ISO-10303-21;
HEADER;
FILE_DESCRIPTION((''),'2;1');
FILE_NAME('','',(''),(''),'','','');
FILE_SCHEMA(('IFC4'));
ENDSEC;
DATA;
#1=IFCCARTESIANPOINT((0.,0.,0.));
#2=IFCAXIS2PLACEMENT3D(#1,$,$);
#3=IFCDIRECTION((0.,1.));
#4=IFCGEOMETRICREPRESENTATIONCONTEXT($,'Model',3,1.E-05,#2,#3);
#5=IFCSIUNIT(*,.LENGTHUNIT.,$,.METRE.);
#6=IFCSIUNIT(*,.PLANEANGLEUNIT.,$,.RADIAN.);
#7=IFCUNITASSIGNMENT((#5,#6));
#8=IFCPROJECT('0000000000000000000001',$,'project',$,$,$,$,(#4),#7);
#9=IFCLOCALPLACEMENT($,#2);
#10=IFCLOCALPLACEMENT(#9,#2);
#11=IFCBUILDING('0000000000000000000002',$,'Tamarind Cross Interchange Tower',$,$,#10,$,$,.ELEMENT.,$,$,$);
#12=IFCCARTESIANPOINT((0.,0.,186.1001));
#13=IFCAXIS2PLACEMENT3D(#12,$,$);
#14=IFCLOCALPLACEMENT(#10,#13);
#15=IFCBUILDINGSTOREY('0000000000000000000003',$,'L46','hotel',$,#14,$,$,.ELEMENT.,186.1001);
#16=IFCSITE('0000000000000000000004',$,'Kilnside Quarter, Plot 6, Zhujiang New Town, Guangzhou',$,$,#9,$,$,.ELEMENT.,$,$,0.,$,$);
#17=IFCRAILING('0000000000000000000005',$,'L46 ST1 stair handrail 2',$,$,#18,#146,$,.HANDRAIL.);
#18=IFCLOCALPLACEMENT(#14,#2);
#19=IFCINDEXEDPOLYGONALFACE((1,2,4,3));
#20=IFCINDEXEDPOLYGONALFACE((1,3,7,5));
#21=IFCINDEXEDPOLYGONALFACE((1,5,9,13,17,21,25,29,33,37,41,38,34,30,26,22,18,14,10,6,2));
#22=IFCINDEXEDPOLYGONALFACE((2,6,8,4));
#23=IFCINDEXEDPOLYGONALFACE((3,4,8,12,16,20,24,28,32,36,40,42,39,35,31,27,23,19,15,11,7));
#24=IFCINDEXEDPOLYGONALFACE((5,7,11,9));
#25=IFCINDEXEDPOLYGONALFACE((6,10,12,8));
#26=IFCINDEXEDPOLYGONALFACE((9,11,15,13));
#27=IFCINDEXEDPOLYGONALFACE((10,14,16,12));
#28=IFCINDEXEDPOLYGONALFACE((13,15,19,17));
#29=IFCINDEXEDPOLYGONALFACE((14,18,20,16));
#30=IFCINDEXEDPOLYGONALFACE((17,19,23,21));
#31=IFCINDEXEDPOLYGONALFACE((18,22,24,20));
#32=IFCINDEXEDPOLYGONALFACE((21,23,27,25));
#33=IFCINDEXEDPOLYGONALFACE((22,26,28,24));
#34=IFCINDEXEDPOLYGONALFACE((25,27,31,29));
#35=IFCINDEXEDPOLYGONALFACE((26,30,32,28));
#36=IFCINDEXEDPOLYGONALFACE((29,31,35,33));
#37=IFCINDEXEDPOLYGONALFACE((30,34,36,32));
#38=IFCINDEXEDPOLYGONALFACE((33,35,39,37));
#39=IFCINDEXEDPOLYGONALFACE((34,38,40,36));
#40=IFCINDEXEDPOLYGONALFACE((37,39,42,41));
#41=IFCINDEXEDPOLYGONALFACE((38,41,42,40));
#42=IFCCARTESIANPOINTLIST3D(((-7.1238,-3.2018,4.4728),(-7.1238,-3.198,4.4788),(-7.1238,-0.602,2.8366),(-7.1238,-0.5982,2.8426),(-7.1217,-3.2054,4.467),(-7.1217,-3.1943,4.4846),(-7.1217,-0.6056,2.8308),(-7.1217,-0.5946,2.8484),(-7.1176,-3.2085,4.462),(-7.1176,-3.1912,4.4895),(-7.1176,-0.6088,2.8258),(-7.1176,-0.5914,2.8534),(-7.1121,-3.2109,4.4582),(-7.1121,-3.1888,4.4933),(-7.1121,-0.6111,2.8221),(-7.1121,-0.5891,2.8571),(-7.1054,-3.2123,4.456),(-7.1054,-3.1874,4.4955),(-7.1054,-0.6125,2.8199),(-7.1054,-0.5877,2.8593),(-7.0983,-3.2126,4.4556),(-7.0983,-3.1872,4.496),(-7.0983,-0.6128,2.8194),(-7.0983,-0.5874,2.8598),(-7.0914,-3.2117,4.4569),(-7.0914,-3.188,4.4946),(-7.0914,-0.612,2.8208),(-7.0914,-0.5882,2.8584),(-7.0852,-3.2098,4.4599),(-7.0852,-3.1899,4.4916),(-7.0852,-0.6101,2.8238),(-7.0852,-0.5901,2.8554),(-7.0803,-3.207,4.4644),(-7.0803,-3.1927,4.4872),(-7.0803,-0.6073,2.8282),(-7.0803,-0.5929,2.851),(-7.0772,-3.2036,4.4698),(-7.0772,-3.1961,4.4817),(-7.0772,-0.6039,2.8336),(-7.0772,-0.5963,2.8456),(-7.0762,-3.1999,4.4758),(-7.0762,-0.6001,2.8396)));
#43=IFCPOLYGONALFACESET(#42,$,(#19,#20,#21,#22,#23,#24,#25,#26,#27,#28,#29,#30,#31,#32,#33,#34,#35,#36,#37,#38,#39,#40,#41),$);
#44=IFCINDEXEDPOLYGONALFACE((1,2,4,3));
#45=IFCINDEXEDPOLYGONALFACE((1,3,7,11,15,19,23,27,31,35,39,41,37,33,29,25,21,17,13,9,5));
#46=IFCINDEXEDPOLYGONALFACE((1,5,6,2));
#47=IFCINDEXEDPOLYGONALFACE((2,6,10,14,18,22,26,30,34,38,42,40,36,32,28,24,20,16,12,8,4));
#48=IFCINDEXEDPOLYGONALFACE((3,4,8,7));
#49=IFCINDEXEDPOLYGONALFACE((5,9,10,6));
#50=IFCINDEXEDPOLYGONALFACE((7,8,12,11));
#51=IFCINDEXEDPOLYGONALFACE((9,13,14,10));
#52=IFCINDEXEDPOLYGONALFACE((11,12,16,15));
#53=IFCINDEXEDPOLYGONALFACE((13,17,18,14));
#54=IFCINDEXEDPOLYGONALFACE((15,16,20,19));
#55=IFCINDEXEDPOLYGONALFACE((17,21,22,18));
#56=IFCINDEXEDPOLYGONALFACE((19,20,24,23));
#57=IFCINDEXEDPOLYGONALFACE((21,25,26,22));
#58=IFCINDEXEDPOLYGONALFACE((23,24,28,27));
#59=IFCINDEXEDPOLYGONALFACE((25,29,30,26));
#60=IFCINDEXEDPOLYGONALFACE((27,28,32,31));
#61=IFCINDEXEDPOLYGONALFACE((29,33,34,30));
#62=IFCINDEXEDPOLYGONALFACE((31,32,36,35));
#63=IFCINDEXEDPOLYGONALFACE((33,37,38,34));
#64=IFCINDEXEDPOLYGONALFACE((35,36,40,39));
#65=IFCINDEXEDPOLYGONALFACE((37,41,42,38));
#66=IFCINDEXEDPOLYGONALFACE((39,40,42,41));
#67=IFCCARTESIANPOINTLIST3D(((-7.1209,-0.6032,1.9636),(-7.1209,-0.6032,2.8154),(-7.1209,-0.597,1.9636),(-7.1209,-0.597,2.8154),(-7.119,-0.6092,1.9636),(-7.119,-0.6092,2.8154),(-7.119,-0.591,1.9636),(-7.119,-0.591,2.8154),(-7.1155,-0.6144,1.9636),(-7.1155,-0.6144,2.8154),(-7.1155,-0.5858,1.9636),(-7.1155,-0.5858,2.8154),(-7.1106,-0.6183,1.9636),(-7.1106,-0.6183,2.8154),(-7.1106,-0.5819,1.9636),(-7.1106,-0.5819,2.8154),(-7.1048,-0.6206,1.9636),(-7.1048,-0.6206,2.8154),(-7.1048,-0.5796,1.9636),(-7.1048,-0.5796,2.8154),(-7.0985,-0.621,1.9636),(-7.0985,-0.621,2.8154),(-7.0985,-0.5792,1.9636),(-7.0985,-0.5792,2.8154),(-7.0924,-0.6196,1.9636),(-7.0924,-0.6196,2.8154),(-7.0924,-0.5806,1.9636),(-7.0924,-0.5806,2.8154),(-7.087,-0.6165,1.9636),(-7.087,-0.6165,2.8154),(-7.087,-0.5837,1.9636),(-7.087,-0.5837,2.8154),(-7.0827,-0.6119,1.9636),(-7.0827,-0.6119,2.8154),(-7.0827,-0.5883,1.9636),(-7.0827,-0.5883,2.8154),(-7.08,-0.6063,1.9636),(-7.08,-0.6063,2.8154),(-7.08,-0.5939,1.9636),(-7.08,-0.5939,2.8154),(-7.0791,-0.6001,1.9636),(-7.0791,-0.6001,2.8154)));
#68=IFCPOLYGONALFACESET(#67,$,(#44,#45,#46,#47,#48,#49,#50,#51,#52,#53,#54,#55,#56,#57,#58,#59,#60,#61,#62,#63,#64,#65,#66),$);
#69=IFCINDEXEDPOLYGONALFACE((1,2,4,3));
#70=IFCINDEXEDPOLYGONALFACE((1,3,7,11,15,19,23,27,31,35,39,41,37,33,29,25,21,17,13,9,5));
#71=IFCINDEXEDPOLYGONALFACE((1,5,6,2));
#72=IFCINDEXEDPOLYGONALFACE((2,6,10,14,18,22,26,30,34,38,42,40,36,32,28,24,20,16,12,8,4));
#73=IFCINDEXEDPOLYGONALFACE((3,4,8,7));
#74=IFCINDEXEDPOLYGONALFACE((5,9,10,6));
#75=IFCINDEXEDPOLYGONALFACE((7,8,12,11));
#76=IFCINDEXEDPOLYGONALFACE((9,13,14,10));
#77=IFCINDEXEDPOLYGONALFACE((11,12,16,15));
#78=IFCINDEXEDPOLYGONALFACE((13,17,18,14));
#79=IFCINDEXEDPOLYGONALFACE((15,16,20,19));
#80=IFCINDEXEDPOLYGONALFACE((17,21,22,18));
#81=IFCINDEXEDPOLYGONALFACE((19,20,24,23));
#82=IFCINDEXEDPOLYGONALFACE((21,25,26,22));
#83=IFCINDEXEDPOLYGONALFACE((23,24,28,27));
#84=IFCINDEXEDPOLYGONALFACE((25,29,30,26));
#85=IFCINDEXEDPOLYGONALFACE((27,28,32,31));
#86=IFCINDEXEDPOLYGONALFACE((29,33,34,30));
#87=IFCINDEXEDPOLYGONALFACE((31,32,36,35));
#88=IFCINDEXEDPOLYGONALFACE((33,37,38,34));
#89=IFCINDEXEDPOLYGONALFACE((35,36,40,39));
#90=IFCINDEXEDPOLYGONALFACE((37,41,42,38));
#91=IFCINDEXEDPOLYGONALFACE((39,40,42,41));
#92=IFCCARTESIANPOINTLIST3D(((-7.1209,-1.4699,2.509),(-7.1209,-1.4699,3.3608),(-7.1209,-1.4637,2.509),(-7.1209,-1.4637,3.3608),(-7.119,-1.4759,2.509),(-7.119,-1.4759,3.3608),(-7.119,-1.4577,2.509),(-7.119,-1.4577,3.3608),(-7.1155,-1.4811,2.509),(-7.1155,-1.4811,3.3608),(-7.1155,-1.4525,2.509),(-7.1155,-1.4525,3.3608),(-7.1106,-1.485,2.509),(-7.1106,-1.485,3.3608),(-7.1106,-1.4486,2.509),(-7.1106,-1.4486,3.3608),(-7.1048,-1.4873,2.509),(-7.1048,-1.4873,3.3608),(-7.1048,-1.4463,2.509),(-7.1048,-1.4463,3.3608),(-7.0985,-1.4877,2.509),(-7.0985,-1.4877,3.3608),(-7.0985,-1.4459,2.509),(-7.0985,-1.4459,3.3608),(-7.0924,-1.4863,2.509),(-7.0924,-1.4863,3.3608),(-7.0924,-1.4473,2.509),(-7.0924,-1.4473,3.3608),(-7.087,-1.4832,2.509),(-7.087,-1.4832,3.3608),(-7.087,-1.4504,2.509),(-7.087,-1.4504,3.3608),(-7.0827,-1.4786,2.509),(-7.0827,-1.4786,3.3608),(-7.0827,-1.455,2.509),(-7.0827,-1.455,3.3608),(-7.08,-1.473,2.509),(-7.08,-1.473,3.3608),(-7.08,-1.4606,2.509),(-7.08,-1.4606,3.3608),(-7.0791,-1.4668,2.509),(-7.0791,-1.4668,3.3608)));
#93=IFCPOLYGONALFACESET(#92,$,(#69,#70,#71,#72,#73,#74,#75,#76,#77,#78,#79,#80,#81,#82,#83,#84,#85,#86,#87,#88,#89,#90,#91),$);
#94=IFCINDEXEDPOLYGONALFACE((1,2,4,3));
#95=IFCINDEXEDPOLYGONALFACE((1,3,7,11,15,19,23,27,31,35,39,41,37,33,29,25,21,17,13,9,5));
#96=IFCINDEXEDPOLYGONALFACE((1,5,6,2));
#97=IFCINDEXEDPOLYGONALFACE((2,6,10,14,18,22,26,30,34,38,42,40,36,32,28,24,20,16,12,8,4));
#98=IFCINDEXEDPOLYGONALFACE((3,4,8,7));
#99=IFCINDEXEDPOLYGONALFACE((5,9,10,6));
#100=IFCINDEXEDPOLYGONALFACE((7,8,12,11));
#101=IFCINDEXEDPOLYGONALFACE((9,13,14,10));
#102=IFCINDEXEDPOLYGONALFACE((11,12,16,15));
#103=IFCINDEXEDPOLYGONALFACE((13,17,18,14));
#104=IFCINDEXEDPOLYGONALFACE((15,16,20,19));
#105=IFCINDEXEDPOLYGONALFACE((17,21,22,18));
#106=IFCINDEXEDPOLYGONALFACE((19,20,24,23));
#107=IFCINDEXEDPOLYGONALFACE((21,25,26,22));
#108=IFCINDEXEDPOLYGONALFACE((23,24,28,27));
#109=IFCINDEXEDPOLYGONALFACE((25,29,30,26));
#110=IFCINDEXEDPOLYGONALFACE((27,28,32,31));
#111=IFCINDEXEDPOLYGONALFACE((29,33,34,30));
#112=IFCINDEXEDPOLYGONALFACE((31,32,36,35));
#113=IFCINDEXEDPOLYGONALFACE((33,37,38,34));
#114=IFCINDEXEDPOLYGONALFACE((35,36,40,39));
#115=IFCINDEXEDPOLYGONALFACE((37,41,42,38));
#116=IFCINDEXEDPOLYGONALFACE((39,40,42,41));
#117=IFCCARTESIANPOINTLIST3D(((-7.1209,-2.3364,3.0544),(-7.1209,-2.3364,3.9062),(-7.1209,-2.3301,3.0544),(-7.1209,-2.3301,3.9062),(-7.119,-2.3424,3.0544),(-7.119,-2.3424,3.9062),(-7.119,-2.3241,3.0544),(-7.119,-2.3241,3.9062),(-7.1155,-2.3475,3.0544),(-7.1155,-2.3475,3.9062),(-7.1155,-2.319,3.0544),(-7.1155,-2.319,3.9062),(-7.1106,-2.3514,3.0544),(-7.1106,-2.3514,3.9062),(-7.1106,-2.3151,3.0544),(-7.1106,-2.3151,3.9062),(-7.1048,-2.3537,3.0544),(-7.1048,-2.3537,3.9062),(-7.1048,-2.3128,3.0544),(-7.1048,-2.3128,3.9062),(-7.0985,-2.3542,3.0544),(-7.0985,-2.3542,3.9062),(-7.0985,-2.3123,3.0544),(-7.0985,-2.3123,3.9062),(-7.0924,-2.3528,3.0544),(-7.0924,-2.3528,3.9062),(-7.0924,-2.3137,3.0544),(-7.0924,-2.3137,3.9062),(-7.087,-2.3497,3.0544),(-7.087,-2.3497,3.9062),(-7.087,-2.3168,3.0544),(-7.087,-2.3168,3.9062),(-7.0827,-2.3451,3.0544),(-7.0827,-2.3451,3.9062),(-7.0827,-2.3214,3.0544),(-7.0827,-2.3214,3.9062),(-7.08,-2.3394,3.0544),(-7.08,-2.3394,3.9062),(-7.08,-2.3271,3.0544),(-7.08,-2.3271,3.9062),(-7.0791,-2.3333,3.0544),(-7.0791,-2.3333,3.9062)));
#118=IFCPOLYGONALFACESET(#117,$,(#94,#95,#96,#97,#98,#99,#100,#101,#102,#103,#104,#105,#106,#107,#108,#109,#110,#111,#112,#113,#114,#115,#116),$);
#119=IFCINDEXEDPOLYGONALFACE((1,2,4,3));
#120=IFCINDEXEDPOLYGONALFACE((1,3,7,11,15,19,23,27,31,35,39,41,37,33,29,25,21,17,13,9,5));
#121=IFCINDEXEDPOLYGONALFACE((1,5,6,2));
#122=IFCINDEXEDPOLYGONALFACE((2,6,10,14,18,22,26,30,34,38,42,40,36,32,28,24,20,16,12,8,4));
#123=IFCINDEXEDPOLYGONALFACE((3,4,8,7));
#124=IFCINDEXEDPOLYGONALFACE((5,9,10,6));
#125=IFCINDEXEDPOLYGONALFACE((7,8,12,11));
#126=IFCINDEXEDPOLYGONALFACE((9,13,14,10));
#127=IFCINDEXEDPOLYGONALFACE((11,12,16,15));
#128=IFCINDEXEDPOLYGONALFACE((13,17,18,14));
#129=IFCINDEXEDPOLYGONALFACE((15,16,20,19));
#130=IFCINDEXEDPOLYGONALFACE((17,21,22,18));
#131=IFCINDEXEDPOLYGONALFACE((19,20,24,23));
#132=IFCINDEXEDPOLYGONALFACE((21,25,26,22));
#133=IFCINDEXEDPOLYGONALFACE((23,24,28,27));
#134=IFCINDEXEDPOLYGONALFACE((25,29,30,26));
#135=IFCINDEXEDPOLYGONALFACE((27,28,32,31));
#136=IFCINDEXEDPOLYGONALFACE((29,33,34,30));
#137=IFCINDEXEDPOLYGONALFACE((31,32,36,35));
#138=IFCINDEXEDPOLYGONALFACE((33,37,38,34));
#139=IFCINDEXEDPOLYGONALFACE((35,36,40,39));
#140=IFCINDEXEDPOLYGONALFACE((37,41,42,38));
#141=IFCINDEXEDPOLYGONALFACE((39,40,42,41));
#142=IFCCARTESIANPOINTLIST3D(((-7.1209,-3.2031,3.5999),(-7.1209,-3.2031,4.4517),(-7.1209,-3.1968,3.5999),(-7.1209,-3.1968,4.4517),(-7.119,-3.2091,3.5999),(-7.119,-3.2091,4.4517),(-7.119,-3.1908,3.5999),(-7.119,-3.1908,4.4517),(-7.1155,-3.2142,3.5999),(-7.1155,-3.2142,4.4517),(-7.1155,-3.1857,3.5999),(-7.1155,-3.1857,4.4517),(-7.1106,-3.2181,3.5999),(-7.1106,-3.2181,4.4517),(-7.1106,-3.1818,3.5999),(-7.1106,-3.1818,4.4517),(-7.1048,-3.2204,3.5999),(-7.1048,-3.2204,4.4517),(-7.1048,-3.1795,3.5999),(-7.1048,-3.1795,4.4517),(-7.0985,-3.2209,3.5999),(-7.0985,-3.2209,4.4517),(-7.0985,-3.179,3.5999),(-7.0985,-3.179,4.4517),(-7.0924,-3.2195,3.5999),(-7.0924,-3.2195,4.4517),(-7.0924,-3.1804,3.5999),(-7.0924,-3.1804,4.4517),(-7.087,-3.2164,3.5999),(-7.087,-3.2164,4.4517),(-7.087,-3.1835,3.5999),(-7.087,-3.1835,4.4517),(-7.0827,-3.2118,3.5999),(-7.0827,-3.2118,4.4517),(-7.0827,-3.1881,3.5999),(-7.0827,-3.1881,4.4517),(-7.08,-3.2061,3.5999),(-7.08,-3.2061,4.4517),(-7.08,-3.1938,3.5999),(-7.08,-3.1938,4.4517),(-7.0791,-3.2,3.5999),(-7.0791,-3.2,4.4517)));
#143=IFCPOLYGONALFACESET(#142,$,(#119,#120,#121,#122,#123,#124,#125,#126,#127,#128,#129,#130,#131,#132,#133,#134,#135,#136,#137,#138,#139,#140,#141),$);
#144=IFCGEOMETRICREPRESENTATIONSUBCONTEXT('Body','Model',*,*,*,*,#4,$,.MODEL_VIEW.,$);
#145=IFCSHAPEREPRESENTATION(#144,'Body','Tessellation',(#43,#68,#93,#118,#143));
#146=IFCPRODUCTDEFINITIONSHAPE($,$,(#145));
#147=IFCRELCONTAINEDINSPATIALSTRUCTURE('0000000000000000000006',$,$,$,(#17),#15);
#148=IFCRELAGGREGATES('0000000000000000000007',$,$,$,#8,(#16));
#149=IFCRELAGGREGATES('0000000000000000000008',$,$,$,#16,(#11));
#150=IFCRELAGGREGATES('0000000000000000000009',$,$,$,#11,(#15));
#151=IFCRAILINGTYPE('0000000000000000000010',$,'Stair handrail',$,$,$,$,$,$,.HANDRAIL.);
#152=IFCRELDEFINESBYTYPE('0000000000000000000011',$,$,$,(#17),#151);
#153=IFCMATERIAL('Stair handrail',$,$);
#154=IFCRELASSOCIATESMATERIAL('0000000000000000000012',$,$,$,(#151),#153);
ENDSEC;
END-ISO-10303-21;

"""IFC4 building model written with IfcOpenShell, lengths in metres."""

from ifc_helpers import new_model, si_unit, direction, frame, origin, origin_2d, place, context, subcontext, project, spatial, circle, extrude, material, type_object, element, save


model = new_model("IFC4")

# Units and contexts
model_context = context("Model", 3, precision=1e-05, world=origin(), true_north=direction((0.0, 1.0)))
body_context = subcontext(model_context, "Body", "Model", "MODEL_VIEW")
ifc_project = project(units=[si_unit("LENGTHUNIT", "METRE"), si_unit("PLANEANGLEUNIT", "RADIAN")], contexts=[model_context])

# Site, building, storey
site_placement = place(None, origin())
site = spatial("IfcSite", under=ifc_project, at=site_placement, Name="Kilnside Quarter, Plot 6, Zhujiang New Town, Guangzhou", CompositionType="ELEMENT", RefElevation=0.0)
building_placement = place(site_placement, origin())
building = spatial("IfcBuilding", under=site, at=building_placement, Name="Tamarind Cross Interchange Tower", CompositionType="ELEMENT")
storey_placement = place(building_placement, frame((0.0, 0.0, 186.1001)))
storey = spatial("IfcBuildingStorey", under=building, at=storey_placement, Name="L46", Description="hotel", CompositionType="ELEMENT", Elevation=186.1001)

# Railing
ifc_material_1 = material(Name="Stair handrail")
railing_type_1 = type_object("IfcRailingType", Name="Stair handrail", PredefinedType="HANDRAIL", material=ifc_material_1)
railing_1_placement = place(storey_placement, frame((-7.1001, -0.6001, 1.9636)))
element("IfcRailing", 1, at=railing_1_placement, inside=storey, type_object=railing_type_1, Name="L46 ST1 stair handrail 2", PredefinedType="HANDRAIL", context=body_context, shape_type="SweptSolid", body=[
    extrude(circle(Radius=0.0239, at=origin_2d()), frame((0.0, 0.0, 0.876), z_axis=(0.0, -0.846338, 0.532647), x_axis=(1.0, 0.0, 0.0)), (0.0, 0.0, 1.0), 3.0718),
    extrude(circle(Radius=0.021, at=origin_2d()), origin(), (0.0, 0.0, 1.0), 0.8518),
    extrude(circle(Radius=0.021, at=origin_2d()), frame((0.0, -0.8667, 0.5454)), (0.0, 0.0, 1.0), 0.8518),
    extrude(circle(Radius=0.021, at=origin_2d()), frame((0.0, -1.7332, 1.0908)), (0.0, 0.0, 1.0), 0.8518),
    extrude(circle(Radius=0.021, at=origin_2d()), frame((0.0, -2.5999, 1.6362)), (0.0, 0.0, 1.0), 0.8518),
])

save(model, "model.ifc")
